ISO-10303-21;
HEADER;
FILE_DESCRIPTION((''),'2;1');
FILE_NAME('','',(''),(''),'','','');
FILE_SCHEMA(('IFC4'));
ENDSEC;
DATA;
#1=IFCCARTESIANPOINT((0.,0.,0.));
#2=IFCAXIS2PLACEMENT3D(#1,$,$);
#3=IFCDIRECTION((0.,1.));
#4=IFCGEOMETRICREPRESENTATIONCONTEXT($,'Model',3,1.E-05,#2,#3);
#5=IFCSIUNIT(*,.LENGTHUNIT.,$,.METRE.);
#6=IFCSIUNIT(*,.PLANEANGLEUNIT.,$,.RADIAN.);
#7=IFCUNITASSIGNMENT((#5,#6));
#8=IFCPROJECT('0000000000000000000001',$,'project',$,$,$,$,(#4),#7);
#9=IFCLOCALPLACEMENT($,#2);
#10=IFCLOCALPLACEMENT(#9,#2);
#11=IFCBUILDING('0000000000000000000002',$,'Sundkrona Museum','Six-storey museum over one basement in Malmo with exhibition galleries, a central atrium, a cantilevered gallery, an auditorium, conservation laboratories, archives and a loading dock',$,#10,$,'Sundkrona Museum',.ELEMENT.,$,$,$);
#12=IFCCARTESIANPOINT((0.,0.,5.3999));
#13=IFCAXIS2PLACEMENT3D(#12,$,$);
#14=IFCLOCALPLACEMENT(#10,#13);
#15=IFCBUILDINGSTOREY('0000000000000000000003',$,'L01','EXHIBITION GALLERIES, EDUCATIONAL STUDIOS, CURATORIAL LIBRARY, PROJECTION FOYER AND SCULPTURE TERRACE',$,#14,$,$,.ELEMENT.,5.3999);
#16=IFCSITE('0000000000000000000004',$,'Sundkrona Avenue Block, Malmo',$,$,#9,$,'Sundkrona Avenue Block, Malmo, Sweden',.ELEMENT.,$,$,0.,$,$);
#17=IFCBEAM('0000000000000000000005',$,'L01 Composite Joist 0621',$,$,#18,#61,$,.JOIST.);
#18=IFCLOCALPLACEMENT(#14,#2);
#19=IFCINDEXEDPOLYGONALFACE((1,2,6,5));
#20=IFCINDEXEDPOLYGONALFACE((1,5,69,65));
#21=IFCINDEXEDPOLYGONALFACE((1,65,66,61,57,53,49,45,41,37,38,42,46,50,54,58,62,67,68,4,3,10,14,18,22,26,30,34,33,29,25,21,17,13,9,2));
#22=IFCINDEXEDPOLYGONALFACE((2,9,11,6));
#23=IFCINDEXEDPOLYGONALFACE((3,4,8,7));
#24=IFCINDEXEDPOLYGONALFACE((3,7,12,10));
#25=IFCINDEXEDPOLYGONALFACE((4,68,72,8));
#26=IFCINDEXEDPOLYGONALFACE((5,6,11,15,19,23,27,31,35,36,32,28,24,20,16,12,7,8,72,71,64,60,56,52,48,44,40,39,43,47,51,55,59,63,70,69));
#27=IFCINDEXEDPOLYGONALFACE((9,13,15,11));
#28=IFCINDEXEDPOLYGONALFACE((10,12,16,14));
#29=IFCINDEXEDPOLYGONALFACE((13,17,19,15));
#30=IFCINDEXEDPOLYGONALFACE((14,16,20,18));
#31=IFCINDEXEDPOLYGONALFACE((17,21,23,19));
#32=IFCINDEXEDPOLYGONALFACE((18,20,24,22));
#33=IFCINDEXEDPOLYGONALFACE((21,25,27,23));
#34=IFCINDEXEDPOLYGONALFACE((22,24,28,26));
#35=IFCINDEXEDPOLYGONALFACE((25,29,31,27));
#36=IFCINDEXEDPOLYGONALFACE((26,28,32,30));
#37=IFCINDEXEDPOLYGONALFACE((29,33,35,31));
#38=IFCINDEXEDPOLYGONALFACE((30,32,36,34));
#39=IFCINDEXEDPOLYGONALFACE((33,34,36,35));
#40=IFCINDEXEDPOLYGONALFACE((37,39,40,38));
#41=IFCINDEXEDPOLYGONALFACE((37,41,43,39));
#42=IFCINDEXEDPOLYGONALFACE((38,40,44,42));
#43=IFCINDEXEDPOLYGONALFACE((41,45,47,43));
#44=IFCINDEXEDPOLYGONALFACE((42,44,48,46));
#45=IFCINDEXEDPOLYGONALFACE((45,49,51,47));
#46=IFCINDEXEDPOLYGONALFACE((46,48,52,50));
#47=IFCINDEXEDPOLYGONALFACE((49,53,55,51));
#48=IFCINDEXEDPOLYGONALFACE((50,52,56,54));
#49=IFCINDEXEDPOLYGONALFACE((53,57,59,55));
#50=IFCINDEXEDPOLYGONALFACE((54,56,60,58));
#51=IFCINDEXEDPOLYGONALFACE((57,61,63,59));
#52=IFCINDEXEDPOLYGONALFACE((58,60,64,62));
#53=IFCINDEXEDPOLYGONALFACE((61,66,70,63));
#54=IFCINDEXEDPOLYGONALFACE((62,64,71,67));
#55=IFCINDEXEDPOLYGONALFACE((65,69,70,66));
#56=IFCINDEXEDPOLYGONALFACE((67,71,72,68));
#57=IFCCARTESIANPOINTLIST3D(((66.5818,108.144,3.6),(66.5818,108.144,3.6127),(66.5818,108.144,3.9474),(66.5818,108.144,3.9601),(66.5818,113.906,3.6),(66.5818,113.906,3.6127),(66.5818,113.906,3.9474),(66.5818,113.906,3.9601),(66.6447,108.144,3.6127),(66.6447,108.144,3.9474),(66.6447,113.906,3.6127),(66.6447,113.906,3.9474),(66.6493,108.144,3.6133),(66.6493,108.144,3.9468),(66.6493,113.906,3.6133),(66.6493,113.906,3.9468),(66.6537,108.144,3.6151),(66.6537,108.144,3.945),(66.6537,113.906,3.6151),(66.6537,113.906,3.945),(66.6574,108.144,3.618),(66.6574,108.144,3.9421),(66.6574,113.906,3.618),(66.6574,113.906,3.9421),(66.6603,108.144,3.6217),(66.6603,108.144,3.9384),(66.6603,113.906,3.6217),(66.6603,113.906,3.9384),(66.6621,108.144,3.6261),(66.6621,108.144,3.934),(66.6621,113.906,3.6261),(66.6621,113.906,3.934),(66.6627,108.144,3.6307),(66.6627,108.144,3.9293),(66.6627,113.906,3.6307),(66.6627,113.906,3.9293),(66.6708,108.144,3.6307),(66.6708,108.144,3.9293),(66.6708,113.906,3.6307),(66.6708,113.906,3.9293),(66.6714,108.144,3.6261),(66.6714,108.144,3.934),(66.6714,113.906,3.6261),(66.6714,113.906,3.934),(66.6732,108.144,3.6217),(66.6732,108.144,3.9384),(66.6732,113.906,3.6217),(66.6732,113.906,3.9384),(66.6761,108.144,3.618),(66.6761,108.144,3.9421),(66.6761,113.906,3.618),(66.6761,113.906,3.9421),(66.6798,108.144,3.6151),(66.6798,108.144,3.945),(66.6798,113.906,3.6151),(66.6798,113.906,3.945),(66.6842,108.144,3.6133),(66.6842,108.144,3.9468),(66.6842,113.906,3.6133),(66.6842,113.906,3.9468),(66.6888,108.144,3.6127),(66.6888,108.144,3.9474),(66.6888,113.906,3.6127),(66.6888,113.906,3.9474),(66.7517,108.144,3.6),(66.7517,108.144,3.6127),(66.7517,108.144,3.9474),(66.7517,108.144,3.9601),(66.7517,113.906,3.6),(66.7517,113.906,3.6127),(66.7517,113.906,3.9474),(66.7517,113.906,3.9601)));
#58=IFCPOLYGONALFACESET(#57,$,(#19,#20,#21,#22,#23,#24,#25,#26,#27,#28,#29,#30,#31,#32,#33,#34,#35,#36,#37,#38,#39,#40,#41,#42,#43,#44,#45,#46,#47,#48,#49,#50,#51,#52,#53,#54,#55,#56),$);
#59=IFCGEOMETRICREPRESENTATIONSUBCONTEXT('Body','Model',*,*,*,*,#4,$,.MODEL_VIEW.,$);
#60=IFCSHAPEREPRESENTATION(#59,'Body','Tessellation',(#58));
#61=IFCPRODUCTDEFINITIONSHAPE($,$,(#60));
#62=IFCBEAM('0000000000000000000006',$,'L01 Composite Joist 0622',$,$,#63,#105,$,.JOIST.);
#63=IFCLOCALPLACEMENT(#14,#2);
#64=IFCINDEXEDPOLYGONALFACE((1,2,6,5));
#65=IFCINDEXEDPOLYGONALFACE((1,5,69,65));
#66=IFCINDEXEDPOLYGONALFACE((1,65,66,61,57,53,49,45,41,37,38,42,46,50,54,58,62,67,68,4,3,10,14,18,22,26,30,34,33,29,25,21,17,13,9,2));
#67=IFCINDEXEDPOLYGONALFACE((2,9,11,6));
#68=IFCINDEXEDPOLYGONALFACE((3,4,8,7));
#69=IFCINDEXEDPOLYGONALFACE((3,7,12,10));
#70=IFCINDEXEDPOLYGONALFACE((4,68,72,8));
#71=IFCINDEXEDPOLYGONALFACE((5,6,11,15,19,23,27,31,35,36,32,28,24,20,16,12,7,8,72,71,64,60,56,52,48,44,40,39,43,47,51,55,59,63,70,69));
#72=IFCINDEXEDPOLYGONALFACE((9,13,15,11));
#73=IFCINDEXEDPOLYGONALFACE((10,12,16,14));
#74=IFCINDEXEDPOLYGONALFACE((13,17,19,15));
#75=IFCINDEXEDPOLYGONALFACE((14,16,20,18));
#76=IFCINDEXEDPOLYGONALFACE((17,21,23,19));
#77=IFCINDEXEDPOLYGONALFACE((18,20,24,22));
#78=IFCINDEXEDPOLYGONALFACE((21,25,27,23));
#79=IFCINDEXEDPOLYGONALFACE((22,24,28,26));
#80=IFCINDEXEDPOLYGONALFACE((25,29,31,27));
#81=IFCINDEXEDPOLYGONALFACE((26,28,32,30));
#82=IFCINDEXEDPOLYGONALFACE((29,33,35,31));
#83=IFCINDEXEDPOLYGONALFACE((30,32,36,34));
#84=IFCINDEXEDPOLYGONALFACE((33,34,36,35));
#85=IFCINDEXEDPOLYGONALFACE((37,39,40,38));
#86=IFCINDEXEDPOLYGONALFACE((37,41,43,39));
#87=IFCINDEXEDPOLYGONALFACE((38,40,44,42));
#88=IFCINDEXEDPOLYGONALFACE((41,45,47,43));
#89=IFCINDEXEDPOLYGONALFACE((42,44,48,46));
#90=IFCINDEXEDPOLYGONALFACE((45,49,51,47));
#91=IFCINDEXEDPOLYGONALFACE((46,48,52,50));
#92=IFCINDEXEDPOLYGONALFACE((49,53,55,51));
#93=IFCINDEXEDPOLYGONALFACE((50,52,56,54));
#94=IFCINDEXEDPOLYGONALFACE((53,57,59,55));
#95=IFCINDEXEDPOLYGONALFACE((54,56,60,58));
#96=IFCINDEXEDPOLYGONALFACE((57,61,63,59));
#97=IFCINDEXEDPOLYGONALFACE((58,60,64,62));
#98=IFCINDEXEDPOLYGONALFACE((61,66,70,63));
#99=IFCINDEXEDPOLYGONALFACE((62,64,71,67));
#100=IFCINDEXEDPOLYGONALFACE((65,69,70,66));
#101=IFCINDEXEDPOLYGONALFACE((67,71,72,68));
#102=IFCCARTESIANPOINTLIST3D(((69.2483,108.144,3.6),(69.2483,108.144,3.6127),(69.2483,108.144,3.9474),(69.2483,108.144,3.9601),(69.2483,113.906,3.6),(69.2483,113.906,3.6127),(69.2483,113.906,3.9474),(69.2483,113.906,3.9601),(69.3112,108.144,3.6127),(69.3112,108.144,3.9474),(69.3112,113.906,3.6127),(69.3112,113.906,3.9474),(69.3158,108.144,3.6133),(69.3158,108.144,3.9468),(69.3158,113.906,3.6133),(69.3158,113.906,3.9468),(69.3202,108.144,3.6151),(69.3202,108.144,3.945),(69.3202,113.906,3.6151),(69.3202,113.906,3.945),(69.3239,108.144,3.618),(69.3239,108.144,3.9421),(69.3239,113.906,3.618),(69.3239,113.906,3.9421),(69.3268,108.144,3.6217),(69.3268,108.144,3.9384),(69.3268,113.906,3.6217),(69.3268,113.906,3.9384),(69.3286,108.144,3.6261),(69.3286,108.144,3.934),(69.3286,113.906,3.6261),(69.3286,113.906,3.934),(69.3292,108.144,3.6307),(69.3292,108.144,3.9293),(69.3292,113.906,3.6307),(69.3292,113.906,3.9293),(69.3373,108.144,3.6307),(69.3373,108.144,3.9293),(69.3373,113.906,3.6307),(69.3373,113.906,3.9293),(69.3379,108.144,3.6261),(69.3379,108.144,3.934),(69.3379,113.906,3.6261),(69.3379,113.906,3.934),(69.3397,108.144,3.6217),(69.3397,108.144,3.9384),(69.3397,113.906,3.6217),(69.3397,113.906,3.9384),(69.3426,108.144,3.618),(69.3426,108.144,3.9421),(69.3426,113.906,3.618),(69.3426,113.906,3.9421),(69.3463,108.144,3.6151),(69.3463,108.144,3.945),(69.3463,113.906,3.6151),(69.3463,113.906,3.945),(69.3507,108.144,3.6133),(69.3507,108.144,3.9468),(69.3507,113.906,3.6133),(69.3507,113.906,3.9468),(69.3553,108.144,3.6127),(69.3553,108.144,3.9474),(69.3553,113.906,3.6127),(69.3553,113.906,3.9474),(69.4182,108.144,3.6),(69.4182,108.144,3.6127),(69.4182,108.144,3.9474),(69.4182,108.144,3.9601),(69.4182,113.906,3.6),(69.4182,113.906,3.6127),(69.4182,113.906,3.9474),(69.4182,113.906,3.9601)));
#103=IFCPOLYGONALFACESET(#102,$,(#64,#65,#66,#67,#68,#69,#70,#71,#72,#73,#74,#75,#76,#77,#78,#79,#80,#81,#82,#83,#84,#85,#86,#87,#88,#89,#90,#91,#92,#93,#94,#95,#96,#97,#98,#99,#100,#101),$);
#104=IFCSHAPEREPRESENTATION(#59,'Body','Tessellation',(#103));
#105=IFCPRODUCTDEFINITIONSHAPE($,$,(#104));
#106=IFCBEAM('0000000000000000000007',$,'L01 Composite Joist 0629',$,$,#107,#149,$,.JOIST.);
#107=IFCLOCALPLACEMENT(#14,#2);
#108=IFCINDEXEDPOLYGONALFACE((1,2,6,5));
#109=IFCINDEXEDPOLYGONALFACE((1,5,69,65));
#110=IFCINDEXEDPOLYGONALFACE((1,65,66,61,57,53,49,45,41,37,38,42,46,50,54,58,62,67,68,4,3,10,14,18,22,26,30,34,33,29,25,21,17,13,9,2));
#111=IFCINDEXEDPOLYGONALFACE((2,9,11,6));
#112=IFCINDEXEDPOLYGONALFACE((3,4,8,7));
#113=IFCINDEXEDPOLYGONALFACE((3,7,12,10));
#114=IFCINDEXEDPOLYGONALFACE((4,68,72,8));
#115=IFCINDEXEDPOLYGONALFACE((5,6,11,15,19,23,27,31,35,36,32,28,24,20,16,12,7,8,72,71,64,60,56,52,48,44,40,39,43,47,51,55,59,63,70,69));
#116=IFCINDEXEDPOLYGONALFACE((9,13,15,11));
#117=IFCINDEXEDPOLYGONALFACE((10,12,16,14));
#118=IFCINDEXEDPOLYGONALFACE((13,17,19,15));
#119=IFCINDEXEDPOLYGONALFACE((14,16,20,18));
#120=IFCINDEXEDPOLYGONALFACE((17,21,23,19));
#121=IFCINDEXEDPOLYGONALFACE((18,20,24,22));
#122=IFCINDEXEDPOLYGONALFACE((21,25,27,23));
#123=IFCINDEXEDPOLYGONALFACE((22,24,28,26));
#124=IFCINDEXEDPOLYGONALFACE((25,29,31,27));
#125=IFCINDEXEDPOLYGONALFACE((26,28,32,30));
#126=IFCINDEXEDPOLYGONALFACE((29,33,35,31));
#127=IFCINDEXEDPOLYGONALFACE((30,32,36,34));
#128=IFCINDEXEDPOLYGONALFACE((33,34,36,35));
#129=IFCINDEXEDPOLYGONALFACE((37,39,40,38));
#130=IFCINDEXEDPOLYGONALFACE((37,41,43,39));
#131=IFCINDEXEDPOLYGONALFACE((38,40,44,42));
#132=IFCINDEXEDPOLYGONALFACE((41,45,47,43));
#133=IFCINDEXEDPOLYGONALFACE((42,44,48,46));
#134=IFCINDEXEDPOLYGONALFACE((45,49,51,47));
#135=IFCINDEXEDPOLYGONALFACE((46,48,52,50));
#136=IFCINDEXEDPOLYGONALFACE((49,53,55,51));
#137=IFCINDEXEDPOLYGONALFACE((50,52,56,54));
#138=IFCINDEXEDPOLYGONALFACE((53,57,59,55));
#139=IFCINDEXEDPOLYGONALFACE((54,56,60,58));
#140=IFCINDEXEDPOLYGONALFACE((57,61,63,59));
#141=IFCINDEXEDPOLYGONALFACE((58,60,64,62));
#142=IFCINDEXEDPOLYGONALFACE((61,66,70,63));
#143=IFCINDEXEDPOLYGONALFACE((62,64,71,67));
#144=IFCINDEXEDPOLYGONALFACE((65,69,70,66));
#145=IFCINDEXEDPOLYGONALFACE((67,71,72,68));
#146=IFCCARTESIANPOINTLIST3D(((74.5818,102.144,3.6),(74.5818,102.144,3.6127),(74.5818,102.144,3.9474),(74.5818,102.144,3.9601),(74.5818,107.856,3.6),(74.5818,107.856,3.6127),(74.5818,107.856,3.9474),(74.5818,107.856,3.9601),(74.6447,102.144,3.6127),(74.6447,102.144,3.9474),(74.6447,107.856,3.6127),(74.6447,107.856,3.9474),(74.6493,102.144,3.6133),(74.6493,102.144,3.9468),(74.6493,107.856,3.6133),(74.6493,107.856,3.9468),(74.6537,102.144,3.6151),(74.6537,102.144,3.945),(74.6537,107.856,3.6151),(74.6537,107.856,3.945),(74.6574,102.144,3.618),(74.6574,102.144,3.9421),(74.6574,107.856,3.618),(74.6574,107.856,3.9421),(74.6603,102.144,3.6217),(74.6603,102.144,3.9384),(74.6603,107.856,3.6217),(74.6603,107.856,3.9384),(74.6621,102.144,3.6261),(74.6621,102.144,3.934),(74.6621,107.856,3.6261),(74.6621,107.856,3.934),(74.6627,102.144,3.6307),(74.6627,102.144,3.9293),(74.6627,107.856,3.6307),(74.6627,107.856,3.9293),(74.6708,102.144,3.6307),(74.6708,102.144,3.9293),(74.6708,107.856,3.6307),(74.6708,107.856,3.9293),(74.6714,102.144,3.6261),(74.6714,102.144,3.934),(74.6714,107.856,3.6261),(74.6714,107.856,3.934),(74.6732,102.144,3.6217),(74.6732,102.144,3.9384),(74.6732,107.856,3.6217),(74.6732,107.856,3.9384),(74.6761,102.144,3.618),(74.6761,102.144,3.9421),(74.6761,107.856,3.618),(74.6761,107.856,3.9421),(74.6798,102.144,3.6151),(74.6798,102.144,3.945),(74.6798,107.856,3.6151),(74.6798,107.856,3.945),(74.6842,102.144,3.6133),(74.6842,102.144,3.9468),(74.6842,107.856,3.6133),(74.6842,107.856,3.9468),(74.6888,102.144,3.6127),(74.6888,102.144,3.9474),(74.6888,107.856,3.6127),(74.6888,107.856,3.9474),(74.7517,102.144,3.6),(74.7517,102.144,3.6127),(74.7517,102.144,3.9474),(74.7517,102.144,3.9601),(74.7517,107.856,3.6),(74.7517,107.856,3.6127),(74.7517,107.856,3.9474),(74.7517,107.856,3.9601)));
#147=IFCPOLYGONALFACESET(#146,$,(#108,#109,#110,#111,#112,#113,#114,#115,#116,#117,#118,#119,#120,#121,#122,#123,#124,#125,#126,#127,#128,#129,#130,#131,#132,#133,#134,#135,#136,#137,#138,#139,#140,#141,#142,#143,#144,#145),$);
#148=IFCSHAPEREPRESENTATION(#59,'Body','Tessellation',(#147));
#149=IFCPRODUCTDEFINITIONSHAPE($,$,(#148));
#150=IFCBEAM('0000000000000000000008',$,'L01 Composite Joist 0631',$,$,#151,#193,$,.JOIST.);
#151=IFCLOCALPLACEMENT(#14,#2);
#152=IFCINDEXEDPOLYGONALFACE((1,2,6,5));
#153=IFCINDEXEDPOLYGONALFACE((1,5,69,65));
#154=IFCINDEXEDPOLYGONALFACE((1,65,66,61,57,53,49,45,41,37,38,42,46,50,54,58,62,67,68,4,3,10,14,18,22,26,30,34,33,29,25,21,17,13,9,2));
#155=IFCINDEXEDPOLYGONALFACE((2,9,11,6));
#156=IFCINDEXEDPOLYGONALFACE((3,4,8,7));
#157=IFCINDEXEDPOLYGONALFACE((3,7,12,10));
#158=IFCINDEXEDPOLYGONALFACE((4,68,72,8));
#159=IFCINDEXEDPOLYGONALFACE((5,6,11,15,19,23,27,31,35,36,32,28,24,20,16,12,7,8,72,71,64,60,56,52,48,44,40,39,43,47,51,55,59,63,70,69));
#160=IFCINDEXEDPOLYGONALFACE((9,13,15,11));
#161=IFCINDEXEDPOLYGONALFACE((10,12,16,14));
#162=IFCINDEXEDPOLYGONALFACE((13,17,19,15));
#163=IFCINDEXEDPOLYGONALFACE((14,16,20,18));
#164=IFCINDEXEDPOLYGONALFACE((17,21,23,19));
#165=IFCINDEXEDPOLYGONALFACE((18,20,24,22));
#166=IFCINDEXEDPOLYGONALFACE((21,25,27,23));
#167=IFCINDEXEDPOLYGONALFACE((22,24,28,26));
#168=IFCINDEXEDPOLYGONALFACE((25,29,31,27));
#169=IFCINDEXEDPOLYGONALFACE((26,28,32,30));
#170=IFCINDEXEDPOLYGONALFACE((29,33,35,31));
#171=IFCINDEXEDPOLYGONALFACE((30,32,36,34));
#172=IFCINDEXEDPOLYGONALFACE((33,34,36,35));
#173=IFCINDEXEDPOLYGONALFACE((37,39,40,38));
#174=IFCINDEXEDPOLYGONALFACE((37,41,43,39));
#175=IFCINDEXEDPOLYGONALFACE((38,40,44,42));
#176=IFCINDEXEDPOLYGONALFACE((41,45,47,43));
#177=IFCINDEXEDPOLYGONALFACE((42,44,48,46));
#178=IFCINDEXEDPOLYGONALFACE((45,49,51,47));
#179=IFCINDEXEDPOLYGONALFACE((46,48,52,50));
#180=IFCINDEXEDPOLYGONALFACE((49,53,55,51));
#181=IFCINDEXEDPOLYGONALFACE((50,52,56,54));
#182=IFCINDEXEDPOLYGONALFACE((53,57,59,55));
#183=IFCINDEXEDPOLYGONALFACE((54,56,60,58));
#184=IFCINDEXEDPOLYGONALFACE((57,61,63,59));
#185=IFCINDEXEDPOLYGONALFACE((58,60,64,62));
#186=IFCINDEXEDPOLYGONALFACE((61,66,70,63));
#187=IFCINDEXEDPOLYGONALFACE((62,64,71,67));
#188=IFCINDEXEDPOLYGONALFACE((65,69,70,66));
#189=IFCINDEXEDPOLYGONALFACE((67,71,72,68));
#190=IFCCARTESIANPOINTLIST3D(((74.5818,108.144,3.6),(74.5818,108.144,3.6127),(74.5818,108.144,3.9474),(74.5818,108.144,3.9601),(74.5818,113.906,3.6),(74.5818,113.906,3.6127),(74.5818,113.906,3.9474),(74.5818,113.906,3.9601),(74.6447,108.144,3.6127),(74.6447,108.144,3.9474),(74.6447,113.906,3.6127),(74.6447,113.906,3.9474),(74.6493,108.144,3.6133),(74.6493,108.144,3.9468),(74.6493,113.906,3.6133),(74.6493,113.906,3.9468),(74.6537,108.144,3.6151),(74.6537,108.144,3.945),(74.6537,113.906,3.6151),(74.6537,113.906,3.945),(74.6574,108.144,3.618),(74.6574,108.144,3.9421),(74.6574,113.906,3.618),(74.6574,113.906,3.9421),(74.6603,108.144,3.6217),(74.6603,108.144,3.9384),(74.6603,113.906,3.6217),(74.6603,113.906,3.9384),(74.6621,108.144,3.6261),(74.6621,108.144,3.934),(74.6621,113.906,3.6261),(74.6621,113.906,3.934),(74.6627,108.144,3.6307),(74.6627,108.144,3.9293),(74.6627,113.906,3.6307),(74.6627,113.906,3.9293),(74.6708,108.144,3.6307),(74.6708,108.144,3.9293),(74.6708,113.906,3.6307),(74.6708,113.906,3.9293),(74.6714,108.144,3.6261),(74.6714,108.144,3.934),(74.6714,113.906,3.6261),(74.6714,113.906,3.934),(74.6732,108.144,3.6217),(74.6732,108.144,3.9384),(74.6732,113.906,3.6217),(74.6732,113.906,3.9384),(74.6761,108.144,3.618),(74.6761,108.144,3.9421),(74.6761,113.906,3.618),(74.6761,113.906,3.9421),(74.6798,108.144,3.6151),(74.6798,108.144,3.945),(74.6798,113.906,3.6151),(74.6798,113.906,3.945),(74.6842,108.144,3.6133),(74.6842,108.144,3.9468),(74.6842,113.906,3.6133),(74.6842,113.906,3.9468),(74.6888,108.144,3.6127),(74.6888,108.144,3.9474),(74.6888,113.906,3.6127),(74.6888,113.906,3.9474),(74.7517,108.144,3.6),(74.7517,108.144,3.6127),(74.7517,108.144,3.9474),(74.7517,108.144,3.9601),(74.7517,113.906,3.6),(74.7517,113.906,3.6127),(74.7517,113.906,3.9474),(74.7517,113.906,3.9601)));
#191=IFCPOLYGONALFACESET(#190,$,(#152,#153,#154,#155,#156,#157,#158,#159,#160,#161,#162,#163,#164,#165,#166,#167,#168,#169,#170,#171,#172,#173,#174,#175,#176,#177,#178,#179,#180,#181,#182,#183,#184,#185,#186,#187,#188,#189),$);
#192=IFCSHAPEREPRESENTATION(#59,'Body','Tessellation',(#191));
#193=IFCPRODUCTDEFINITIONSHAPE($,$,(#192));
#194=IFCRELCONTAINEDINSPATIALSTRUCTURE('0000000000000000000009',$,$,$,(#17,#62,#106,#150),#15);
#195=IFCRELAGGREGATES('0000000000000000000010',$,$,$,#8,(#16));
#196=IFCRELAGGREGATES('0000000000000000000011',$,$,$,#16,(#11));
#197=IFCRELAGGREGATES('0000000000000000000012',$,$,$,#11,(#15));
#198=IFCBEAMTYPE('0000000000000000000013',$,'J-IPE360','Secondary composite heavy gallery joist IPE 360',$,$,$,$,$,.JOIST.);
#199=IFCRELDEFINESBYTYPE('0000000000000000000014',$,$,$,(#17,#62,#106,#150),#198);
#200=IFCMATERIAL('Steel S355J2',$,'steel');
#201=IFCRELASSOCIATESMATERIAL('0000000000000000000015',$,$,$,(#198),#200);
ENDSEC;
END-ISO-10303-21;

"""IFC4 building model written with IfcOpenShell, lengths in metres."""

from ifc_helpers import new_model, si_unit, direction, frame, origin, origin_2d, place, context, subcontext, project, spatial, i_section, extrude, material, material_profile, profile_set, type_object, element, save


model = new_model("IFC4")

# Units and contexts
model_context = context("Model", 3, precision=1e-05, world=origin(), true_north=direction((0.0, 1.0)))
body_context = subcontext(model_context, "Body", "Model", "MODEL_VIEW")
ifc_project = project(units=[si_unit("LENGTHUNIT", "METRE"), si_unit("PLANEANGLEUNIT", "RADIAN")], contexts=[model_context])

# Site, building, storey
site_placement = place(None, origin())
site = spatial("IfcSite", under=ifc_project, at=site_placement, Name="Sundkrona Avenue Block, Malmo", LongName="Sundkrona Avenue Block, Malmo, Sweden", CompositionType="ELEMENT", RefElevation=0.0)
building_placement = place(site_placement, origin())
building = spatial("IfcBuilding", under=site, at=building_placement, Name="Sundkrona Museum", Description="Six-storey museum over one basement in Malmo with exhibition galleries, a central atrium, a cantilevered gallery, an auditorium, conservation laboratories, archives and a loading dock", LongName="Sundkrona Museum", CompositionType="ELEMENT")
storey_placement = place(building_placement, frame((0.0, 0.0, 5.3999)))
storey = spatial("IfcBuildingStorey", under=building, at=storey_placement, Name="L01", Description="EXHIBITION GALLERIES, EDUCATIONAL STUDIOS, CURATORIAL LIBRARY, PROJECTION FOYER AND SCULPTURE TERRACE", CompositionType="ELEMENT", Elevation=5.3999)

# Shared definitions
ifc_material_1 = material(Name="Steel S355J2", Category="steel")

# Beams
ifc_material_profile_1 = material_profile(ifc_material_1, i_section(OverallWidth=0.1699, OverallDepth=0.3601, WebThickness=0.0081, FlangeThickness=0.0127, FilletRadius=0.0181, at=origin_2d()), Name="IPE 360")
ifc_profile_set_1 = profile_set([ifc_material_profile_1], Name="Steel S355J2")
beam_type_1 = type_object("IfcBeamType", Name="J-IPE360", Description="Secondary composite heavy gallery joist IPE 360", PredefinedType="JOIST", material=ifc_profile_set_1)
for number, where, z_axis, x_axis, name in (
    (1, (66.6667, 108.144, 3.78), (0.0, 1.0, 0.0), (-1.0, 0.0, 0.0), "L01 Composite Joist 0621"),
    (2, (69.3333, 108.144, 3.78), (0.0, 1.0, 0.0), (-1.0, 0.0, 0.0), "L01 Composite Joist 0622"),
):
    element("IfcBeam", number, at=place(storey_placement, frame(where, z_axis=z_axis, x_axis=x_axis)), inside=storey, type_object=beam_type_1, Name=name, PredefinedType="JOIST", context=body_context, shape_type="SweptSolid", body=[
        extrude(i_section(OverallWidth=0.1699, OverallDepth=0.3601, WebThickness=0.0081, FlangeThickness=0.0127, FilletRadius=0.0181, at=origin_2d()), origin(), (0.0, 0.0, 1.0), 5.762),
    ])
beam_1_placement = place(storey_placement, frame((74.6667, 102.144, 3.78), z_axis=(0.0, 1.0, 0.0), x_axis=(-1.0, 0.0, 0.0)))
element("IfcBeam", 3, at=beam_1_placement, inside=storey, type_object=beam_type_1, Name="L01 Composite Joist 0629", PredefinedType="JOIST", context=body_context, shape_type="SweptSolid", body=[
    extrude(i_section(OverallWidth=0.1699, OverallDepth=0.3601, WebThickness=0.0081, FlangeThickness=0.0127, FilletRadius=0.0181, at=origin_2d()), origin(), (0.0, 0.0, 1.0), 5.7119),
])
for number, where, z_axis, x_axis, name in (
    (4, (74.6667, 108.144, 3.78), (0.0, 1.0, 0.0), (-1.0, 0.0, 0.0), "L01 Composite Joist 0631"),
):
    element("IfcBeam", number, at=place(storey_placement, frame(where, z_axis=z_axis, x_axis=x_axis)), inside=storey, type_object=beam_type_1, Name=name, PredefinedType="JOIST", context=body_context, shape_type="SweptSolid", body=[
        extrude(i_section(OverallWidth=0.1699, OverallDepth=0.3601, WebThickness=0.0081, FlangeThickness=0.0127, FilletRadius=0.0181, at=origin_2d()), origin(), (0.0, 0.0, 1.0), 5.762),
    ])

save(model, "model.ifc")
